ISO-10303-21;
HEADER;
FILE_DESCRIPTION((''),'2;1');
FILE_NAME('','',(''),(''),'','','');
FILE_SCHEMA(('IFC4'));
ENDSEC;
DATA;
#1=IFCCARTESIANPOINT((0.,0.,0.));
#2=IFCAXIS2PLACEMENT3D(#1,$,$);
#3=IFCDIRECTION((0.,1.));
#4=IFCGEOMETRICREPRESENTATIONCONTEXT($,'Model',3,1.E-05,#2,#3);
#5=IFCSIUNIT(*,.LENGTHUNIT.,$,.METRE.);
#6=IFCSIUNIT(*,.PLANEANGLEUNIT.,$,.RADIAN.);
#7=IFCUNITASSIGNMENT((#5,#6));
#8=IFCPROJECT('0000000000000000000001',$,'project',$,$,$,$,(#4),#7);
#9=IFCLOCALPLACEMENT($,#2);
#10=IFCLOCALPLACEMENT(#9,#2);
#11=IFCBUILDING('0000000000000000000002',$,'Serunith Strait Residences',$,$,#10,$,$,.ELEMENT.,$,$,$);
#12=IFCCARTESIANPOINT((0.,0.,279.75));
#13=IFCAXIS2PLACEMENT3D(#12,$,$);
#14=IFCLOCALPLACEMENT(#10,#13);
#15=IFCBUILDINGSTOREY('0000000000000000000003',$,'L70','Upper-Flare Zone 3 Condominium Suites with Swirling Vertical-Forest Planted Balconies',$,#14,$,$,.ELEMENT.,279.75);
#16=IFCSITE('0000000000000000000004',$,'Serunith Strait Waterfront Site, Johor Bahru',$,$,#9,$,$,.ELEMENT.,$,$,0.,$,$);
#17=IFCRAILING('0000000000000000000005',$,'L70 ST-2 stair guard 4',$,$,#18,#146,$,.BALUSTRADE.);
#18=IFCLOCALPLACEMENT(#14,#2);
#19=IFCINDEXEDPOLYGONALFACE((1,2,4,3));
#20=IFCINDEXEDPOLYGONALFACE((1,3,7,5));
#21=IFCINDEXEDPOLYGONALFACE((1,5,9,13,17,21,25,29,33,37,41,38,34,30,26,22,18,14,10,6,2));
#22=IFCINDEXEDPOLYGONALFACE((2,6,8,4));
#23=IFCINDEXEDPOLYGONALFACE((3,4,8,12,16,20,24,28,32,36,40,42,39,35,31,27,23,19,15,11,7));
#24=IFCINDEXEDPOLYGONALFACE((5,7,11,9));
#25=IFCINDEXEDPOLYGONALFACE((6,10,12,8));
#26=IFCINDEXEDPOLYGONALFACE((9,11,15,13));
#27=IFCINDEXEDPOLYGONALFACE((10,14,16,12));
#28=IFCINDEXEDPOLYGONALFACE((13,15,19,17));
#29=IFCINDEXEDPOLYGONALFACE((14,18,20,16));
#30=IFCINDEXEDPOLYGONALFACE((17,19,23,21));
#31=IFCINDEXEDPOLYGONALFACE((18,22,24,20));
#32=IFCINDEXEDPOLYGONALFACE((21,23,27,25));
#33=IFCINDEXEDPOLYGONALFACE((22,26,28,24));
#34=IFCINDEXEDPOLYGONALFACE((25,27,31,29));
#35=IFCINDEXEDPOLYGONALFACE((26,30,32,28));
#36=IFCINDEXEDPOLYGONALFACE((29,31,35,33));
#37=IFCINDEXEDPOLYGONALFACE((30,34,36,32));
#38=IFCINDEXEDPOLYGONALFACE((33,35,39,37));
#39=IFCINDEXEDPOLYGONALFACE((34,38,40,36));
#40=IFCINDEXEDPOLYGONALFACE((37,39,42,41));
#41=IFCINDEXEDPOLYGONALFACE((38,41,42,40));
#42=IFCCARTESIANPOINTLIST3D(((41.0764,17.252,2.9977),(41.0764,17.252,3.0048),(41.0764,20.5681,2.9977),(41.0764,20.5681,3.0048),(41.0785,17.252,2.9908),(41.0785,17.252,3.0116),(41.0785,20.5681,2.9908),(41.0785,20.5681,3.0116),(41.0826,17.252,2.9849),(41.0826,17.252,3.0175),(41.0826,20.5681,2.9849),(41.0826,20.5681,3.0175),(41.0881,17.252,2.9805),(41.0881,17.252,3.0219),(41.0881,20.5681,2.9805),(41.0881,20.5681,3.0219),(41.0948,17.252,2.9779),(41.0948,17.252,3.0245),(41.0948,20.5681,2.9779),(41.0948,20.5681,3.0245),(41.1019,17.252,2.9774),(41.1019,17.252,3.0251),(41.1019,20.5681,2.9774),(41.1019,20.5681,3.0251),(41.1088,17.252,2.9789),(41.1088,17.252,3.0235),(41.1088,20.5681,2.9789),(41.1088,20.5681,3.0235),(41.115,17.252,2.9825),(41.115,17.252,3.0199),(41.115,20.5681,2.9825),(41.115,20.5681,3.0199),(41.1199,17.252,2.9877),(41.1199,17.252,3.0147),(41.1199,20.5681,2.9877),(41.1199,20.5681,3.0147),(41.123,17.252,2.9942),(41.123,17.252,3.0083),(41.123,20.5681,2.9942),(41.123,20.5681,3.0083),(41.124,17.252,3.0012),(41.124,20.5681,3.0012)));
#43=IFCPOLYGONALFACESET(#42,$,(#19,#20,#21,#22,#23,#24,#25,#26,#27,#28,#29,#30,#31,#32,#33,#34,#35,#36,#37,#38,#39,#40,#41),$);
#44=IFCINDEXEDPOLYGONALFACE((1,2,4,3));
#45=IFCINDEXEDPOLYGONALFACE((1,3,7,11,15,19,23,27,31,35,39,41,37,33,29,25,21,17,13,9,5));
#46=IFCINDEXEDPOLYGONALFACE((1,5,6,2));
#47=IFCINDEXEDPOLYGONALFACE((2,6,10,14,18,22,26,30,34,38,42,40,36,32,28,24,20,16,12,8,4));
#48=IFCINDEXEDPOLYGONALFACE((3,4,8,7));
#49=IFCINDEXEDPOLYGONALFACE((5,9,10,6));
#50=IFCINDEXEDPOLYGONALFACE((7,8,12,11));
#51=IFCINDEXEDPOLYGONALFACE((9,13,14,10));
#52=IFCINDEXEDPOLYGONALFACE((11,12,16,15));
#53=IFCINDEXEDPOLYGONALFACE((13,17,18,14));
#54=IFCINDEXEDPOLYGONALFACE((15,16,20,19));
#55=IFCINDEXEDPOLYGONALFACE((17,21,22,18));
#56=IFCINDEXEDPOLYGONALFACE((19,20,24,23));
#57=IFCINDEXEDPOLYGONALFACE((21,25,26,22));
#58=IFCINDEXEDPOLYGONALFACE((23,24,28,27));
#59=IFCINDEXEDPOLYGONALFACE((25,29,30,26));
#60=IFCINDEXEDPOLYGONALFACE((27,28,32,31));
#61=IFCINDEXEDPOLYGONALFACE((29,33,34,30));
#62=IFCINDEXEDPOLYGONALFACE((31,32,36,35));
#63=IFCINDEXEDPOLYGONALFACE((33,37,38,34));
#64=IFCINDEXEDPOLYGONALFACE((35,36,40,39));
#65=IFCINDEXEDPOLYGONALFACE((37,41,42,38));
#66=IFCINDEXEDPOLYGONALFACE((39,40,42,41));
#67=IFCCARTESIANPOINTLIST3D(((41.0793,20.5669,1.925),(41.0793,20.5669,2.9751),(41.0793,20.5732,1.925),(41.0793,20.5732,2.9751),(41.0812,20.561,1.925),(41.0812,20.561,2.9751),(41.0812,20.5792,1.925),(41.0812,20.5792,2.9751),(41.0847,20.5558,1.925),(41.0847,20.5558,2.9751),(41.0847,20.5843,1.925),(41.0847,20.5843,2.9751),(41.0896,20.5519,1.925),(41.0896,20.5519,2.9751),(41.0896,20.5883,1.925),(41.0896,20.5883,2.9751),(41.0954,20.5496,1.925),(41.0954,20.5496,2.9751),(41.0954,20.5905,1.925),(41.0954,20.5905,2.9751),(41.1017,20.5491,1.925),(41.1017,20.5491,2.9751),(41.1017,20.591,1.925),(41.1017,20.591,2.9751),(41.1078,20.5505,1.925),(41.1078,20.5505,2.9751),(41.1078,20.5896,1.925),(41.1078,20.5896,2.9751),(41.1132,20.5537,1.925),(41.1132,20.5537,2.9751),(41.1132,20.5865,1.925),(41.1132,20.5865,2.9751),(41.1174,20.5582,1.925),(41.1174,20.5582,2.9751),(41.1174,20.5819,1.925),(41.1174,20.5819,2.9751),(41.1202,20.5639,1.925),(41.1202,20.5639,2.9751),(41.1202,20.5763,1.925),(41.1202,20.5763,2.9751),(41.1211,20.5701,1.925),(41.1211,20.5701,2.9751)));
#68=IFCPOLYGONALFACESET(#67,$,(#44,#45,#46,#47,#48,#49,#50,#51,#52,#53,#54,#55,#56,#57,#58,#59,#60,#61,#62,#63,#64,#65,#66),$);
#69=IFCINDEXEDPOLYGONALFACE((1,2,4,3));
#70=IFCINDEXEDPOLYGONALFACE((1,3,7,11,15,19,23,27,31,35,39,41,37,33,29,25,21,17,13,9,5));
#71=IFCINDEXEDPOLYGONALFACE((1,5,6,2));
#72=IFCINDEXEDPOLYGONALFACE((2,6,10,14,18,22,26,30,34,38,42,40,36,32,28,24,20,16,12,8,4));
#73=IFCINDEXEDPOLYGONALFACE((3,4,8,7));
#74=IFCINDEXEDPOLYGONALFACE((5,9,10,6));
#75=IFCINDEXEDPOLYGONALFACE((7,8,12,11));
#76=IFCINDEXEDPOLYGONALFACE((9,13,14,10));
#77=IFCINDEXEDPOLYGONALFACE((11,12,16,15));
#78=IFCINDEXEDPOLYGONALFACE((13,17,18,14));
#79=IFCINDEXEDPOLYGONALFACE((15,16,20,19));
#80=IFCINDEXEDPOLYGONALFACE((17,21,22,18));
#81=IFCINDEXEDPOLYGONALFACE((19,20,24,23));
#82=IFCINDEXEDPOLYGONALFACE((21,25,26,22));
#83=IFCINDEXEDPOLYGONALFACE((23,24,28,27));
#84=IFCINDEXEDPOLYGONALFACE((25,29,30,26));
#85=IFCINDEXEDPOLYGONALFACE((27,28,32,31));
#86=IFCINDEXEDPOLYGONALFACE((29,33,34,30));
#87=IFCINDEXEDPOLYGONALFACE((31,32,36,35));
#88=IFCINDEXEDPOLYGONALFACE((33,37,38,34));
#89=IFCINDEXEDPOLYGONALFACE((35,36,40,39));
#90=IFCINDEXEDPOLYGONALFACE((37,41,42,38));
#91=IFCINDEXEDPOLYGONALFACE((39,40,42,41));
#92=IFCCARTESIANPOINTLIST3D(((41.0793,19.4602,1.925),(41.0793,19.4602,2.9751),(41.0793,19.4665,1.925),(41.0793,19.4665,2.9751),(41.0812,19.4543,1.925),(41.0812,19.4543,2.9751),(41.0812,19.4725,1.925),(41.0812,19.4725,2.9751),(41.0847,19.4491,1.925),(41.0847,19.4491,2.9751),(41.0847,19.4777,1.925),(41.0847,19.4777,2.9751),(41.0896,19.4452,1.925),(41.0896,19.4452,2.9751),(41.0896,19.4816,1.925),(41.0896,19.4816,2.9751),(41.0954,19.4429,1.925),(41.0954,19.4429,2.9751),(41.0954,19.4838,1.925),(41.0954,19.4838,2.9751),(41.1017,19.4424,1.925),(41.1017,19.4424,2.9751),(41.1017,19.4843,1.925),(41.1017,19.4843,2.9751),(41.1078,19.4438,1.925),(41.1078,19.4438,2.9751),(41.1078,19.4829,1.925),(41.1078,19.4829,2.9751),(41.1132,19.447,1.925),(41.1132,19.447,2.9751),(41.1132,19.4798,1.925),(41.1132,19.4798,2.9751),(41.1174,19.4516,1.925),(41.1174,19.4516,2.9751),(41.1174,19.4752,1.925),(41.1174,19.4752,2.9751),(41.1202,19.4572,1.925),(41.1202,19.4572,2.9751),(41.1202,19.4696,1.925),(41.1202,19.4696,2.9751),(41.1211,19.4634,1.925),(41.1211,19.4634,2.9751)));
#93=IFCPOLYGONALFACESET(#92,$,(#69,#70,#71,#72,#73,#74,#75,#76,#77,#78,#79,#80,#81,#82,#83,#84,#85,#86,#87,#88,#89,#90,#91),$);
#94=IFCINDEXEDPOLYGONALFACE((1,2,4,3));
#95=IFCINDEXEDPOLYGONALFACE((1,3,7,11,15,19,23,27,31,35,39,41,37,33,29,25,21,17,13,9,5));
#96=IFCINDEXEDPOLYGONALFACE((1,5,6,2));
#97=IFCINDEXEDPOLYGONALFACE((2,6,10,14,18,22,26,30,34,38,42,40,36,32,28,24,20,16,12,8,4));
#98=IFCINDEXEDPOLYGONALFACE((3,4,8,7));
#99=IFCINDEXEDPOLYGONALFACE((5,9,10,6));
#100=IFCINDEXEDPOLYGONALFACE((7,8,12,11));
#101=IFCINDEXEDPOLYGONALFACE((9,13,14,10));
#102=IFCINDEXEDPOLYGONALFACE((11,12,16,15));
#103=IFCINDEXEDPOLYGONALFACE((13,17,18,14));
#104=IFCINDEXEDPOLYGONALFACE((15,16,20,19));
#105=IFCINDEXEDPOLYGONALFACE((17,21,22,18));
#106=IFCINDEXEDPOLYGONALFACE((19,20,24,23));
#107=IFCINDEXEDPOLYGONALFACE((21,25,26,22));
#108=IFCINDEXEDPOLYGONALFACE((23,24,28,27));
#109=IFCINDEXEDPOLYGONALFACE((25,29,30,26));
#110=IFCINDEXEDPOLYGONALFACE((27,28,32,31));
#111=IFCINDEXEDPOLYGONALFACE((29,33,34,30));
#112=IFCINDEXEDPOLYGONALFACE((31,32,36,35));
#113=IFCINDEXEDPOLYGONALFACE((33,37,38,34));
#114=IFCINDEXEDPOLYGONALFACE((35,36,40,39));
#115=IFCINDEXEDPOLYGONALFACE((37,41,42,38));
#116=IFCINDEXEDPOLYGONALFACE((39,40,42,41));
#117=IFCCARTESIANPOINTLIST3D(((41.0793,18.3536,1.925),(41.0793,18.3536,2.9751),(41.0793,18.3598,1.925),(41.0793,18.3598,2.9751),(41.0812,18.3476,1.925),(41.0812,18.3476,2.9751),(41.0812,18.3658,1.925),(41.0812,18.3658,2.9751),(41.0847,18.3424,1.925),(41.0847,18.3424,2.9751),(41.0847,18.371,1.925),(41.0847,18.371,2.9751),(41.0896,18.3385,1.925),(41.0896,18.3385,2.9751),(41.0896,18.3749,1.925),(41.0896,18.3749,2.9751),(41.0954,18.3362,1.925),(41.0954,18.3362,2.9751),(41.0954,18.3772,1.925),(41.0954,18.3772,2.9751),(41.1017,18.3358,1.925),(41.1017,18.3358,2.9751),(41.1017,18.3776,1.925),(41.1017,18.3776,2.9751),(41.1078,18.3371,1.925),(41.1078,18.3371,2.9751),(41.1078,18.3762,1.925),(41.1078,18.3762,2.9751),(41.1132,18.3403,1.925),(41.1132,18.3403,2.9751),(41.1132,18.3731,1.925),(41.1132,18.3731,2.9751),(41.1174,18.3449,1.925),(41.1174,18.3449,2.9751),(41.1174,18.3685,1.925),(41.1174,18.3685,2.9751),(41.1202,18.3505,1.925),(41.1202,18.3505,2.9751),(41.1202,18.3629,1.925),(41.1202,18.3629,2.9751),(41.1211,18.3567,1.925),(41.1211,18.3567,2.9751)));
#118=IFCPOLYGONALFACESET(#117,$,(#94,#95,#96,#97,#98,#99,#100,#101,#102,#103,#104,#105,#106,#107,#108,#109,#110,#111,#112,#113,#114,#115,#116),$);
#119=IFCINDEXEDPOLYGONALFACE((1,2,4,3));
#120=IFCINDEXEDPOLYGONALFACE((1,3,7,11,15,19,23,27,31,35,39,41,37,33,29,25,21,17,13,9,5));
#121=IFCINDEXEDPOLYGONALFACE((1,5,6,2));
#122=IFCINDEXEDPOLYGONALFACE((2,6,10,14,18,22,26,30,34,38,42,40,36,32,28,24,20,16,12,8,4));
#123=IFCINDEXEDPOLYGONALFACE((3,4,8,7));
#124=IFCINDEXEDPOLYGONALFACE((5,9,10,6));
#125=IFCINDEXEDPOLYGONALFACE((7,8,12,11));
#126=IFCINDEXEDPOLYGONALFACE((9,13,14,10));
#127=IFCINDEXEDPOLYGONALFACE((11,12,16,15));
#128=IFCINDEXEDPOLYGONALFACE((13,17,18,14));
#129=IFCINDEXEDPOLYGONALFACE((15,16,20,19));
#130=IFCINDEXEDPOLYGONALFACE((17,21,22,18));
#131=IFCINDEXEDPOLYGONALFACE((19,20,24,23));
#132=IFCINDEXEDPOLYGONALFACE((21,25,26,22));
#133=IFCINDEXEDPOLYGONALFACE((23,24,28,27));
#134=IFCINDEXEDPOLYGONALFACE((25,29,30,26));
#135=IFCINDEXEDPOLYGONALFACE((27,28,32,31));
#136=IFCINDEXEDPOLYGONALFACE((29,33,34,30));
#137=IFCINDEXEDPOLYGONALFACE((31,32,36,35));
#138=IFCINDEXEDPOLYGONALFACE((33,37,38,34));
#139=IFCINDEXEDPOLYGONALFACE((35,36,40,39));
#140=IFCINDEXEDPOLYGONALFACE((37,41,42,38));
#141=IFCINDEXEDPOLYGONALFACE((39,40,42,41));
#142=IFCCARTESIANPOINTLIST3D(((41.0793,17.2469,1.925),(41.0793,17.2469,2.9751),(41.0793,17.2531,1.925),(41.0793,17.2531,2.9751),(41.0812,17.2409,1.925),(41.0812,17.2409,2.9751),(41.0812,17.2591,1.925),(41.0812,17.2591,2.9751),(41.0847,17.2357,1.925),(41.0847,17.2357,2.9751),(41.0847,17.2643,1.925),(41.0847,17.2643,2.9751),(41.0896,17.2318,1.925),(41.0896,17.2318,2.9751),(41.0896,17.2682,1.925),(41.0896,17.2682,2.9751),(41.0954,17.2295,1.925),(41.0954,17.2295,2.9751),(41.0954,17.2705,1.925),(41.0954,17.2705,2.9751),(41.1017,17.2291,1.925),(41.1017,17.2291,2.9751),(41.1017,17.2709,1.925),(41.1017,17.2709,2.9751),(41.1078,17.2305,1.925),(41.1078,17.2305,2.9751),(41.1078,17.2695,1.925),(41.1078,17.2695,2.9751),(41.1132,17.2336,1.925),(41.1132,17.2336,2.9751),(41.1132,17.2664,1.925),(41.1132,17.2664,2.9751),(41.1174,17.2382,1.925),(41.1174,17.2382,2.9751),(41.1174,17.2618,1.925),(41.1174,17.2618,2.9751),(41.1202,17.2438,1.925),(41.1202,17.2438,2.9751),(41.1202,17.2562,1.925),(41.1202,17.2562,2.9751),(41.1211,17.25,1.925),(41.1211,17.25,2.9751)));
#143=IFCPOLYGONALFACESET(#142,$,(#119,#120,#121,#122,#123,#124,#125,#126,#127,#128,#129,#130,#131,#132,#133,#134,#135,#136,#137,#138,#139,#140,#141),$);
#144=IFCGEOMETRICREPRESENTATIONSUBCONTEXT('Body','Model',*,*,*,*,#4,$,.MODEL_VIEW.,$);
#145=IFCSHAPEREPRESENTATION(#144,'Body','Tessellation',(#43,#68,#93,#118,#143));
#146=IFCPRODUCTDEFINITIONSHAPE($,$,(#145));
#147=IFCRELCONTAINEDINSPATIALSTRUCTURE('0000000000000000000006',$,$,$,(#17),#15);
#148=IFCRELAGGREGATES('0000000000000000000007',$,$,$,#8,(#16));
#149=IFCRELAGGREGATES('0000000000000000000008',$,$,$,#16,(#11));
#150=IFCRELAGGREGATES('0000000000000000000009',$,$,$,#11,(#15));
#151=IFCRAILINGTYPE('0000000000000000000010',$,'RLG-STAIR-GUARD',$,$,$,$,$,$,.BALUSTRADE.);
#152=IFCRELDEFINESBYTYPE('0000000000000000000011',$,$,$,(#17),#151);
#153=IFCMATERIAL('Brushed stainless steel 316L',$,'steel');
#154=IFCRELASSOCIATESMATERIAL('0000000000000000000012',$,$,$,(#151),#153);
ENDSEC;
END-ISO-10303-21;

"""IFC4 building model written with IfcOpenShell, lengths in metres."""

from ifc_helpers import new_model, si_unit, direction, frame, origin, origin_2d, place, context, subcontext, project, spatial, circle, extrude, material, type_object, element, save


model = new_model("IFC4")

# Units and contexts
model_context = context("Model", 3, precision=1e-05, world=origin(), true_north=direction((0.0, 1.0)))
body_context = subcontext(model_context, "Body", "Model", "MODEL_VIEW")
ifc_project = project(units=[si_unit("LENGTHUNIT", "METRE"), si_unit("PLANEANGLEUNIT", "RADIAN")], contexts=[model_context])

# Site, building, storey
site_placement = place(None, origin())
site = spatial("IfcSite", under=ifc_project, at=site_placement, Name="Serunith Strait Waterfront Site, Johor Bahru", CompositionType="ELEMENT", RefElevation=0.0)
building_placement = place(site_placement, origin())
building = spatial("IfcBuilding", under=site, at=building_placement, Name="Serunith Strait Residences", CompositionType="ELEMENT")
storey_placement = place(building_placement, frame((0.0, 0.0, 279.75)))
storey = spatial("IfcBuildingStorey", under=building, at=storey_placement, Name="L70", Description="Upper-Flare Zone 3 Condominium Suites with Swirling Vertical-Forest Planted Balconies", CompositionType="ELEMENT", Elevation=279.75)

# Railing
ifc_material_1 = material(Name="Brushed stainless steel 316L", Category="steel")
railing_type_1 = type_object("IfcRailingType", Name="RLG-STAIR-GUARD", PredefinedType="BALUSTRADE", material=ifc_material_1)
for number, where, name in (
    (1, (41.1001, 20.5701, 1.925), "L70 ST-2 stair guard 4"),
):
    element("IfcRailing", number, at=place(storey_placement, frame(where)), inside=storey, type_object=railing_type_1, Name=name, PredefinedType="BALUSTRADE", context=body_context, shape_type="SweptSolid", body=[
        extrude(circle(Radius=0.0239, at=origin_2d()), frame((0.0, -0.002, 1.0762), z_axis=(0.0, -1.0, 0.0), x_axis=(1.0, 0.0, 0.0)), (0.0, 0.0, 1.0), 3.3162),
        extrude(circle(Radius=0.021, at=origin_2d()), origin(), (0.0, 0.0, 1.0), 1.05),
        extrude(circle(Radius=0.021, at=origin_2d()), frame((0.0, -1.1067, 0.0)), (0.0, 0.0, 1.0), 1.05),
        extrude(circle(Radius=0.021, at=origin_2d()), frame((0.0, -2.2134, 0.0)), (0.0, 0.0, 1.0), 1.05),
        extrude(circle(Radius=0.021, at=origin_2d()), frame((0.0, -3.3201, 0.0)), (0.0, 0.0, 1.0), 1.05),
    ])

save(model, "model.ifc")
